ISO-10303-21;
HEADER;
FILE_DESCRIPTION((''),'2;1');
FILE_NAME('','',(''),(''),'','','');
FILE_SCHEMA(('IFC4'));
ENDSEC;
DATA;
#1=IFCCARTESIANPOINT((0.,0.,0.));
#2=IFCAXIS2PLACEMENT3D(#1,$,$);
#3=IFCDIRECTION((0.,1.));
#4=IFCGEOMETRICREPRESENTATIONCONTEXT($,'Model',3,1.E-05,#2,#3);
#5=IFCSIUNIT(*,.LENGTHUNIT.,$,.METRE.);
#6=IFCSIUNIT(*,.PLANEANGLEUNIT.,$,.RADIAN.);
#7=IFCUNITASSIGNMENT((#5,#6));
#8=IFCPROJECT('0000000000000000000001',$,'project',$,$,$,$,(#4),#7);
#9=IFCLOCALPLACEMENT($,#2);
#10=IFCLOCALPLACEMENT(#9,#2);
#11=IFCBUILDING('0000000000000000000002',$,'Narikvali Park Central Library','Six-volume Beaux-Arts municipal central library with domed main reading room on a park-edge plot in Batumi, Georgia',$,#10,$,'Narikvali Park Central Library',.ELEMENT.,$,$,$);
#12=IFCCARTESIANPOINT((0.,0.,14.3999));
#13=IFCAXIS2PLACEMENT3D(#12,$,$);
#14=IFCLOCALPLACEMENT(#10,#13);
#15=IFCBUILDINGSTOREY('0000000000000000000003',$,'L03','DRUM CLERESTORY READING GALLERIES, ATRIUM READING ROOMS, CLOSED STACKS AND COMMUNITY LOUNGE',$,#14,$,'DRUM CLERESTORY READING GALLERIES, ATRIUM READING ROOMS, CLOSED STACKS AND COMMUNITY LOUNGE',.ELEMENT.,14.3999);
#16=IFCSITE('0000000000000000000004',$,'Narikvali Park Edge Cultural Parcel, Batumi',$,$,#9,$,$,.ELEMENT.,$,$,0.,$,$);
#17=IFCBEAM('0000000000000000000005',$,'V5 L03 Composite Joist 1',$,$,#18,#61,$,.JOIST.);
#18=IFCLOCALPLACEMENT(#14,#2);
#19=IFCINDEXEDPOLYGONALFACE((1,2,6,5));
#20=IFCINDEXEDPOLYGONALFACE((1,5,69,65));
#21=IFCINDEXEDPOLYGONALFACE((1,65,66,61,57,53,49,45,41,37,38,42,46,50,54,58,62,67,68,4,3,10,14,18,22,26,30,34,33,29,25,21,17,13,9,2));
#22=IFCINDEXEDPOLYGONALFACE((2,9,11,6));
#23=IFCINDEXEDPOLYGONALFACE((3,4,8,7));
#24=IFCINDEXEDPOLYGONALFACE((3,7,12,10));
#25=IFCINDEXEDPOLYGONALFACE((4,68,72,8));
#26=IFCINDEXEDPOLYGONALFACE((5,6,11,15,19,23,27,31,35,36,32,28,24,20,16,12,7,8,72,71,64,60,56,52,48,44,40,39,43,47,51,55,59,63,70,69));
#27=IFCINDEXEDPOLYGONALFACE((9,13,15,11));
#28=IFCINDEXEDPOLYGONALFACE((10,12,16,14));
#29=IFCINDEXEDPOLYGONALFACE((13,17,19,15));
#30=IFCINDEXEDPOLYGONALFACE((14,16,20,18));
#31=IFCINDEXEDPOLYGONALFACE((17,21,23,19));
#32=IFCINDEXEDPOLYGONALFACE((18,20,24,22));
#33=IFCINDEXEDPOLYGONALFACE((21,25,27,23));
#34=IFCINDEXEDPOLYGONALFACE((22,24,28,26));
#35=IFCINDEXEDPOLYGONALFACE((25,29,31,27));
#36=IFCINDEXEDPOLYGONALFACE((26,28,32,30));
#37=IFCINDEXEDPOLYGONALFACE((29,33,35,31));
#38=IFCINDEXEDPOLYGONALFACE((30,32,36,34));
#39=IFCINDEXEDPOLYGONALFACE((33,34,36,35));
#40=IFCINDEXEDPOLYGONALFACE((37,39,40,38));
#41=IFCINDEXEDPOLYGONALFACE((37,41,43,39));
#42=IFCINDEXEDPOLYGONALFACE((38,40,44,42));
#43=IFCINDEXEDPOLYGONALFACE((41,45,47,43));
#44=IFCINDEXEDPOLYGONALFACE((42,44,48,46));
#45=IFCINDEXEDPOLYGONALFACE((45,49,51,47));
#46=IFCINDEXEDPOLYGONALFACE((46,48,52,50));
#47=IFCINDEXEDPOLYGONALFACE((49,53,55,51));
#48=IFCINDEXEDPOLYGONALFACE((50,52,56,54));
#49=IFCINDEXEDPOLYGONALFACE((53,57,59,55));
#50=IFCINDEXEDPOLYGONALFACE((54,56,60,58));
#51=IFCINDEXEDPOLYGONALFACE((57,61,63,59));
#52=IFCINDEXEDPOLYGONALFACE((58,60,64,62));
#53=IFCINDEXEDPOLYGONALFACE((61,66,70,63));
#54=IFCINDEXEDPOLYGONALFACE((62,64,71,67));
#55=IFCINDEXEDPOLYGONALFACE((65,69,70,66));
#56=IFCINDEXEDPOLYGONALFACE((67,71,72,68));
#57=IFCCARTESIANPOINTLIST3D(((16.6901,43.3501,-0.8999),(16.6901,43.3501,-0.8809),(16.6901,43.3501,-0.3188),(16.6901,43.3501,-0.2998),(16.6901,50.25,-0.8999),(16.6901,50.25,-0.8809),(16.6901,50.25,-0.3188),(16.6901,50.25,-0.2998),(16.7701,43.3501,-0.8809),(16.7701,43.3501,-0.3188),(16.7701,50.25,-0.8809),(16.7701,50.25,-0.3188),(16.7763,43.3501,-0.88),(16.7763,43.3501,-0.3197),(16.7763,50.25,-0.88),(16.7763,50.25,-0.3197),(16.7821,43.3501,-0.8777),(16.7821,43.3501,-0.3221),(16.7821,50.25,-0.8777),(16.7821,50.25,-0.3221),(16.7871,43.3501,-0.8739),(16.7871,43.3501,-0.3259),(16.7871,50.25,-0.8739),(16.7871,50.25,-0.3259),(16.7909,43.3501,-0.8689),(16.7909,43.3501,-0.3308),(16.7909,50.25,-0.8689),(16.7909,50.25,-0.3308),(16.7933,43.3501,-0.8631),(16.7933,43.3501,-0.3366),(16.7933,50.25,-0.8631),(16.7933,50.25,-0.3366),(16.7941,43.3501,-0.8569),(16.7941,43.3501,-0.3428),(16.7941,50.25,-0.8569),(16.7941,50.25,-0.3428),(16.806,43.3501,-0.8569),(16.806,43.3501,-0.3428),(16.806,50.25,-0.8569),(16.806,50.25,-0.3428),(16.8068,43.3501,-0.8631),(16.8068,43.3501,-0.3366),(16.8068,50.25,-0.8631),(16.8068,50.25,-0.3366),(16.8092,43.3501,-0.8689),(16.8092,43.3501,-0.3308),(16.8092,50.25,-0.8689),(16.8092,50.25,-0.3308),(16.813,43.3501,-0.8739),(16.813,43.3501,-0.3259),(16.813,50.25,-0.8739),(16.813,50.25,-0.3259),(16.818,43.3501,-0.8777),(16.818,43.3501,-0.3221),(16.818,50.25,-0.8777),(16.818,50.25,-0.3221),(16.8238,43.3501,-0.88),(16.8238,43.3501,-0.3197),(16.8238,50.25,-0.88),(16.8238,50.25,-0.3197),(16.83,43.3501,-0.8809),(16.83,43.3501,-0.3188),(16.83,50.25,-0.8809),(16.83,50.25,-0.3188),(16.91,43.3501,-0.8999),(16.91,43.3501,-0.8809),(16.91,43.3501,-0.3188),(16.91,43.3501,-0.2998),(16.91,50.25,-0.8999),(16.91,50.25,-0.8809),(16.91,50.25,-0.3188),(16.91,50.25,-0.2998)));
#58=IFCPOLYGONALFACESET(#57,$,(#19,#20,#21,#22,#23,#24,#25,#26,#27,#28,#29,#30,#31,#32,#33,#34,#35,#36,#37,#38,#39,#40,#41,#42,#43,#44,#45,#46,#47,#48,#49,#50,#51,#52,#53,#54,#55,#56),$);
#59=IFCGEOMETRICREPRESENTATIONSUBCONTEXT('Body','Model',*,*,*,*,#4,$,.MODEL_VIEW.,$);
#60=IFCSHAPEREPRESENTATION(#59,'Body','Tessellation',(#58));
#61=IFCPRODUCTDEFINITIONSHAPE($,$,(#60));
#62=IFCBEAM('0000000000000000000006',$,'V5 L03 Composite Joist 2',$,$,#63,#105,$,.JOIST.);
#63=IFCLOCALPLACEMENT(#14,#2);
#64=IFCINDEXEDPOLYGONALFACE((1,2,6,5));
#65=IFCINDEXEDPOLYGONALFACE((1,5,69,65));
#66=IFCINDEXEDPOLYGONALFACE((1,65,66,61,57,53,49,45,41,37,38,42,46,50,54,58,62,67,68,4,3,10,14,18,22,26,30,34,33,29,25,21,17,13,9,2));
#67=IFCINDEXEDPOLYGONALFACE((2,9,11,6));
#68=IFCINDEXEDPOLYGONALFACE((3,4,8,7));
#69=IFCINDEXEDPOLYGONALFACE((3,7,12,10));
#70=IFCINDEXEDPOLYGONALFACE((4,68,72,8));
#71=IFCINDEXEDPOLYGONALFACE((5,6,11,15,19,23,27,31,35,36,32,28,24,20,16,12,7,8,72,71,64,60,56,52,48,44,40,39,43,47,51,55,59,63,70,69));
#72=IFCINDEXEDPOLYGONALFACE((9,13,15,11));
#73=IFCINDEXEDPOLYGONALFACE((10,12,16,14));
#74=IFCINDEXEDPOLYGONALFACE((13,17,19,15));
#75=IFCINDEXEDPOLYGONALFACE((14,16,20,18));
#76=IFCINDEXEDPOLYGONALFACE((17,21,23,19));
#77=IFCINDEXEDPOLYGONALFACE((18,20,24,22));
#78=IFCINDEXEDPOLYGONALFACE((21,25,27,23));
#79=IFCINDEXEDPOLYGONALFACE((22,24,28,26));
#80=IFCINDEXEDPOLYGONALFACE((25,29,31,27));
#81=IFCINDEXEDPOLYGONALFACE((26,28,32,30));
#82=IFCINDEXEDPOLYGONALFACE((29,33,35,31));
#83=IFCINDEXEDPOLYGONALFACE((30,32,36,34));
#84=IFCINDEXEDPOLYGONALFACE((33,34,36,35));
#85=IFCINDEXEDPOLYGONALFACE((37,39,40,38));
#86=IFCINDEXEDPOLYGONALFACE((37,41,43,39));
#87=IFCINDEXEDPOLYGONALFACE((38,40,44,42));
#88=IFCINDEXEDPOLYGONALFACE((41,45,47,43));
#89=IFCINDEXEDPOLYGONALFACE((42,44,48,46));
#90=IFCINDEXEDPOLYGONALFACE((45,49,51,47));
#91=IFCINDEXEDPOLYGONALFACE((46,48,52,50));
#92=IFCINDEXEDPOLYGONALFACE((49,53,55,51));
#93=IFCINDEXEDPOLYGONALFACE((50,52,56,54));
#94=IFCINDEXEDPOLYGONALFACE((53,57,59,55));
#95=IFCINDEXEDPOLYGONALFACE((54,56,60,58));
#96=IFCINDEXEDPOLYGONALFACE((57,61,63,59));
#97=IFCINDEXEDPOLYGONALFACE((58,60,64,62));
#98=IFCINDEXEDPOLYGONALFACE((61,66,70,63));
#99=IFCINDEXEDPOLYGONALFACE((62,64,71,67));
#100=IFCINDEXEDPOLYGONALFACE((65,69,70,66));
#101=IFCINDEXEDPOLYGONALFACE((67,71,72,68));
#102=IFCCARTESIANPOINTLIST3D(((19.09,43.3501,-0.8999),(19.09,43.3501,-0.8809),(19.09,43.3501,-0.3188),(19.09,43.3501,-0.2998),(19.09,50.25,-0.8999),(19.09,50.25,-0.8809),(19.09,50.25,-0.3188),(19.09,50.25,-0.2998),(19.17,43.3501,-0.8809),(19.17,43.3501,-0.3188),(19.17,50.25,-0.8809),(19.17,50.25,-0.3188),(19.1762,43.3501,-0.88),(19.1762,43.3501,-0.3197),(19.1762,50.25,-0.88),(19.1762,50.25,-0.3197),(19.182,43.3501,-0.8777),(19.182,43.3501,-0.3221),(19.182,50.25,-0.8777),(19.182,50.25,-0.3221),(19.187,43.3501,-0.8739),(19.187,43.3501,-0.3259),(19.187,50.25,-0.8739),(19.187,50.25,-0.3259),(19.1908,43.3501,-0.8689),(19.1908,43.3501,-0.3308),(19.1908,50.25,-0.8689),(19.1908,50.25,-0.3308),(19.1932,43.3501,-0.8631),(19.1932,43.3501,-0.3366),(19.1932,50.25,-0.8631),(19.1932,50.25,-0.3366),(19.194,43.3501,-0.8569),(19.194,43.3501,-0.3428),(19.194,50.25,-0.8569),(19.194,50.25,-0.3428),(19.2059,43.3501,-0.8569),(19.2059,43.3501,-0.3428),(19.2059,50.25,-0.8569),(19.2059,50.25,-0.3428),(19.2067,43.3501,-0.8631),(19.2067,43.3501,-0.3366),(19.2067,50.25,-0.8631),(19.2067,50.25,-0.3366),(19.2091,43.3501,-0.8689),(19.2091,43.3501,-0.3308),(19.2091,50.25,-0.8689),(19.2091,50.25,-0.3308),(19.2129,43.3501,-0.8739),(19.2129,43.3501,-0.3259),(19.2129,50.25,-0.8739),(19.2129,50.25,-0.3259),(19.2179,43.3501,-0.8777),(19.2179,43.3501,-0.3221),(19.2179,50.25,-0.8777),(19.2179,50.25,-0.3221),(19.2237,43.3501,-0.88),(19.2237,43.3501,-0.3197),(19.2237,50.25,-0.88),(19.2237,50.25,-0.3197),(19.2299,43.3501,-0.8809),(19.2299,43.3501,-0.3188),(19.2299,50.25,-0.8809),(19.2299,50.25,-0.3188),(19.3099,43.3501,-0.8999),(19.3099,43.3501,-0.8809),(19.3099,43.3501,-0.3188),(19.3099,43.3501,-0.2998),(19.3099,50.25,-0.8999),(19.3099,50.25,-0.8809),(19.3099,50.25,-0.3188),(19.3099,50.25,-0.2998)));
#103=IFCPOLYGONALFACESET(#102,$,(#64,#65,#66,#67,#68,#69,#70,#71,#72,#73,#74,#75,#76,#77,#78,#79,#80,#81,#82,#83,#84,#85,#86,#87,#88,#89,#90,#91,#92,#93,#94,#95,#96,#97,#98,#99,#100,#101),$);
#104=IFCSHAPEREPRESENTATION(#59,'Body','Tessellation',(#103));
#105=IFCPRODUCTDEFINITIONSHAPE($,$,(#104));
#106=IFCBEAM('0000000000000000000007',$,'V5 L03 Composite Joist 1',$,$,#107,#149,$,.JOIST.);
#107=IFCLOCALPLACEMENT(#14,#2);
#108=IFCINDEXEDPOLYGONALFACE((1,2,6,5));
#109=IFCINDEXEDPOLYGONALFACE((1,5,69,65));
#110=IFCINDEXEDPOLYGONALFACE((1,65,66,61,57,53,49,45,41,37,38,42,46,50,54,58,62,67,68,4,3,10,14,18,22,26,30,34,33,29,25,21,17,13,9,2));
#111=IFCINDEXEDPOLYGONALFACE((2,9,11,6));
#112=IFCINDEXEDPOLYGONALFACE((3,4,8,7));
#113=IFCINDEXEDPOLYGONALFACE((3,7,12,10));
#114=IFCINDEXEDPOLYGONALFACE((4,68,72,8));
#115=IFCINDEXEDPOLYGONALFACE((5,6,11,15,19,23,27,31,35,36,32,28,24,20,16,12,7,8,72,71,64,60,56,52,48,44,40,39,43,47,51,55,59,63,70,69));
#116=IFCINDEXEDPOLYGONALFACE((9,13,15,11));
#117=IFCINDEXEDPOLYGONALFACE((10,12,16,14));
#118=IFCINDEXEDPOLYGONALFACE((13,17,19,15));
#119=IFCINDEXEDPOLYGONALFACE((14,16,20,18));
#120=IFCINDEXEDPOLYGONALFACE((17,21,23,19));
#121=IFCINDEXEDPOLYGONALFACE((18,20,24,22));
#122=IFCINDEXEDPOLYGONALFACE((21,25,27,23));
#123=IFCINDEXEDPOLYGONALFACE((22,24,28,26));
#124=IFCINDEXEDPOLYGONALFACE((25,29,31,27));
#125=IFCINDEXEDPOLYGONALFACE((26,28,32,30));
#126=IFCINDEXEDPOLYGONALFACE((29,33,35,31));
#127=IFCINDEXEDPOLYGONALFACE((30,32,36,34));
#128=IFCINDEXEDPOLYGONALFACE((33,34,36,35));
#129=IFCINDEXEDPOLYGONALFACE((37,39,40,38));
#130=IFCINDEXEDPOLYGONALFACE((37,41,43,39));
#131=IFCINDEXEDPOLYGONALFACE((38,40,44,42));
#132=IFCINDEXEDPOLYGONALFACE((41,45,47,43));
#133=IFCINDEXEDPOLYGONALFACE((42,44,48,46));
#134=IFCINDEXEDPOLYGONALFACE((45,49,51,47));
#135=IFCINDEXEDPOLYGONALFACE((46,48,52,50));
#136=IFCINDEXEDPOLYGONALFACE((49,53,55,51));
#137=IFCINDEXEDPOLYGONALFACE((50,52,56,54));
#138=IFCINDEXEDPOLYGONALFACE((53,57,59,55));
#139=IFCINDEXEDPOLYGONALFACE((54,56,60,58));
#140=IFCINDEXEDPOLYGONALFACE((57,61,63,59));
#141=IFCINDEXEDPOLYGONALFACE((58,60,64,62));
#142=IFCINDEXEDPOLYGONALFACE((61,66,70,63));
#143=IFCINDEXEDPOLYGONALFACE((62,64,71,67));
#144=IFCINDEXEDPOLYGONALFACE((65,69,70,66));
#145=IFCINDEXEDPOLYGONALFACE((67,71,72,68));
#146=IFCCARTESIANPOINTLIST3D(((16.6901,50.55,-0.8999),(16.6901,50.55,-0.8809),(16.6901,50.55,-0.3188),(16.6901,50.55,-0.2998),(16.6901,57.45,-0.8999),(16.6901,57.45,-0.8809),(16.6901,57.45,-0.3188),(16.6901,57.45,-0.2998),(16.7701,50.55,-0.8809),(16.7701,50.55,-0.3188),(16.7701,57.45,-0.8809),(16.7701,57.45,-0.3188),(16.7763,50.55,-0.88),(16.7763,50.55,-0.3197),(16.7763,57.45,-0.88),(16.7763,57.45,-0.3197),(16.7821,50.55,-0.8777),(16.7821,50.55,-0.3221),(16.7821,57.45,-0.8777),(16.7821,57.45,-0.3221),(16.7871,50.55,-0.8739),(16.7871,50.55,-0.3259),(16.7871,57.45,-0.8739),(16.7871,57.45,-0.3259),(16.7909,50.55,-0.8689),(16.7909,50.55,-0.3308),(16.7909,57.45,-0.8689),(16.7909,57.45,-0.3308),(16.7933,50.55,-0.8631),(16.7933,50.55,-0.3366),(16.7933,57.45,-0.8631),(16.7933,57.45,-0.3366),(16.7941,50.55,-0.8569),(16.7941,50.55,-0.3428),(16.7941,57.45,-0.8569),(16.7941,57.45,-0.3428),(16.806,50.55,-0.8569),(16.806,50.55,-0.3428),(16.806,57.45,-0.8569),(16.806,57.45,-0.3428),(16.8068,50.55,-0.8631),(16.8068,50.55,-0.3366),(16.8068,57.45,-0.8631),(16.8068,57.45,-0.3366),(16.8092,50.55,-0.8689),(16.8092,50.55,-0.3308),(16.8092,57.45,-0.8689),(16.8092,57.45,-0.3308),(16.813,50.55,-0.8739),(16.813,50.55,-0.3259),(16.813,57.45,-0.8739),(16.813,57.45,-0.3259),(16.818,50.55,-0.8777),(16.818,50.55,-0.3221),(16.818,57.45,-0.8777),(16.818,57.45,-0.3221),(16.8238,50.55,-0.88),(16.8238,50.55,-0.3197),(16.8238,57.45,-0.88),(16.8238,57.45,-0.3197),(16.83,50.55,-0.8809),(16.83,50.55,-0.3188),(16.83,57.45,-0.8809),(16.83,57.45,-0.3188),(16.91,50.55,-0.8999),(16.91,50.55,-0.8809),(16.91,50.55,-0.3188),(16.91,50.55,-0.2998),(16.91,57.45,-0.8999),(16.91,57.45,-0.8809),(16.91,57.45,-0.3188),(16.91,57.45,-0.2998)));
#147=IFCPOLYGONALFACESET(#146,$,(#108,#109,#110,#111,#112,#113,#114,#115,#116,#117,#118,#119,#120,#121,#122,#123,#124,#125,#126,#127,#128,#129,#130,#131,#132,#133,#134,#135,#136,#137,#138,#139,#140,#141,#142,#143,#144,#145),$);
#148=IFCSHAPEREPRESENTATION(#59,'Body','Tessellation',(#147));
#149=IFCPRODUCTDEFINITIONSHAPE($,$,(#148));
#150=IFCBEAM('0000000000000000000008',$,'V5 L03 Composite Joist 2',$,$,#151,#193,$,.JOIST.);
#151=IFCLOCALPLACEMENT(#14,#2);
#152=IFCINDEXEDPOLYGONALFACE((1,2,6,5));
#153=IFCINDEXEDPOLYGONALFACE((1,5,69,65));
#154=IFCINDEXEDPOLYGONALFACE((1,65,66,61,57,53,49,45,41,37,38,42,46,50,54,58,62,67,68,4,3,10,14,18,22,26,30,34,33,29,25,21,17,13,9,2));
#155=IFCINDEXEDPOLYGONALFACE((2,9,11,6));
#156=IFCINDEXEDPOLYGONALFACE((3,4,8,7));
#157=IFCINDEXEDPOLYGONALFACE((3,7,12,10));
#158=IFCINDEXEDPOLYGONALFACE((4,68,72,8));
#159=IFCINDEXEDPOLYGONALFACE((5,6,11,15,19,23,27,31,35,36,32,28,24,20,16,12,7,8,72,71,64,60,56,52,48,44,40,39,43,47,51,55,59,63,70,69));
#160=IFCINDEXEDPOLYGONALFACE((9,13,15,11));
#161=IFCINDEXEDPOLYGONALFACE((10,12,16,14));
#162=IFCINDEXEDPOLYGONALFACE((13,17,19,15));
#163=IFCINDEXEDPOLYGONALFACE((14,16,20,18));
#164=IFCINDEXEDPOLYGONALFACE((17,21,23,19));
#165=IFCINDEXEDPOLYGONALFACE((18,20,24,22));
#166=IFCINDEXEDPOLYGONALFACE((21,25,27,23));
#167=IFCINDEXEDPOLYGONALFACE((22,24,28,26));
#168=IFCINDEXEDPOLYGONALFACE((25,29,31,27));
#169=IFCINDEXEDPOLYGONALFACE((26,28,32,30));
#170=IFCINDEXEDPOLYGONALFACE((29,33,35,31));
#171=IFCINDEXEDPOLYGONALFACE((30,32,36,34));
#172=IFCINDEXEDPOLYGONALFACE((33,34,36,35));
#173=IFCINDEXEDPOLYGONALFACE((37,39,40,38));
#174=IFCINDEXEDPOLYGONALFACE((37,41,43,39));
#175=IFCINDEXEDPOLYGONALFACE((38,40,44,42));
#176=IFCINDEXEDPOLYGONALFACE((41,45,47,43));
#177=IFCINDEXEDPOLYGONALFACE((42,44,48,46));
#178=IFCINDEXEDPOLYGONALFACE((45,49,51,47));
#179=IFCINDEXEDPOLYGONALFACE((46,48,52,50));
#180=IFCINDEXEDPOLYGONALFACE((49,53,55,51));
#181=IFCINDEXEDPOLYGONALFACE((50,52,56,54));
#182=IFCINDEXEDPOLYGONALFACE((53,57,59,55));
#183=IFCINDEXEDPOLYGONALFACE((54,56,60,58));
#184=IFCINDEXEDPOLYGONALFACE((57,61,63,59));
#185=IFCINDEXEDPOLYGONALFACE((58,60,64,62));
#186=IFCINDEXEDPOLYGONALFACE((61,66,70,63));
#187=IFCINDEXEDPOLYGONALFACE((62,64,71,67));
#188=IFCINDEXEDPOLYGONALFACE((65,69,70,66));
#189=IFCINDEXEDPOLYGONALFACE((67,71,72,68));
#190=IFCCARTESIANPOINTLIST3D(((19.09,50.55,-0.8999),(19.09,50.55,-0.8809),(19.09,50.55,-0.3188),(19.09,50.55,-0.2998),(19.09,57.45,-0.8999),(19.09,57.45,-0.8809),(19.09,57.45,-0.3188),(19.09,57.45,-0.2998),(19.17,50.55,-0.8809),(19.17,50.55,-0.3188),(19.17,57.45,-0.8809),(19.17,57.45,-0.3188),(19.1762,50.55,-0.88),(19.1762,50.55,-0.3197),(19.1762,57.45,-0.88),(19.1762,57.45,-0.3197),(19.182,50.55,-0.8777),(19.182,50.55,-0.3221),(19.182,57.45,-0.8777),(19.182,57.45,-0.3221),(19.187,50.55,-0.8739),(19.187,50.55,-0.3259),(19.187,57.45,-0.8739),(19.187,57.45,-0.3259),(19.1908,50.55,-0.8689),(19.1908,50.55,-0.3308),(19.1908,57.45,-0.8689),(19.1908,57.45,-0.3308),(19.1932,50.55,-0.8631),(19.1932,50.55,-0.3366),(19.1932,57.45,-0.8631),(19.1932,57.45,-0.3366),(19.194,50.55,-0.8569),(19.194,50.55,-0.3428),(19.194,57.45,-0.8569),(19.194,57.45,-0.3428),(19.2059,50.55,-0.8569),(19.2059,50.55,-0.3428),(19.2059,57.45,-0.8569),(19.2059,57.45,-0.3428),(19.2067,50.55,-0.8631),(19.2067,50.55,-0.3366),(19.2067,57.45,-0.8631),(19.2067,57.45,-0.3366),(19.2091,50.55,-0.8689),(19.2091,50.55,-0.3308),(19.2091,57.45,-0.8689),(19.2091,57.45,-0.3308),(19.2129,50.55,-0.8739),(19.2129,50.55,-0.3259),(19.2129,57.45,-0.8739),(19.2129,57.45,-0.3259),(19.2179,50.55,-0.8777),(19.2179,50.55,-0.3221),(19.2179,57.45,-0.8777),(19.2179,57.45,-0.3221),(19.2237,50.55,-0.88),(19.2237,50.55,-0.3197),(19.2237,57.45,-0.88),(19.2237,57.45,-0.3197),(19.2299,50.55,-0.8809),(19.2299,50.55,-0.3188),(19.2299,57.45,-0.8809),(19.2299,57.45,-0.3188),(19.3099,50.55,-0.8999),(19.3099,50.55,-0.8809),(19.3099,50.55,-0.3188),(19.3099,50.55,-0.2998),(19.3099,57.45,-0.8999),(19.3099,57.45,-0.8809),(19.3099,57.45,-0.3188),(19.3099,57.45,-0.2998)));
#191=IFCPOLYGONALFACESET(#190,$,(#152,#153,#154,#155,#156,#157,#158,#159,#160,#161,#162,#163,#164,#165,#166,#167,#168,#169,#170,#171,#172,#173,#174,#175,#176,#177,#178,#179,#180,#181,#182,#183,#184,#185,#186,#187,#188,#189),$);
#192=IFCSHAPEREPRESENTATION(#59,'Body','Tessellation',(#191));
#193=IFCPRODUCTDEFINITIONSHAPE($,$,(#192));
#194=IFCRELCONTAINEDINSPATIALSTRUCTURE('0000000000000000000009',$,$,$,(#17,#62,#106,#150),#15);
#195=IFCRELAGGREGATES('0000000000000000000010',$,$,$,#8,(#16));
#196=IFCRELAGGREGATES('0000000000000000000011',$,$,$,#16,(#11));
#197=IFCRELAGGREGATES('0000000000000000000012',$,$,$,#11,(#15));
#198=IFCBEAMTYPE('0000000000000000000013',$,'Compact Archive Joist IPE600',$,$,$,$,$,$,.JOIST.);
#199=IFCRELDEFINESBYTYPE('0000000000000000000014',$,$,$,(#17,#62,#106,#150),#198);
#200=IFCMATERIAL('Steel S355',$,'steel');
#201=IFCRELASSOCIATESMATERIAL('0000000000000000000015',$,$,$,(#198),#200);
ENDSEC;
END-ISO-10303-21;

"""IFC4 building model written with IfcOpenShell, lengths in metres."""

from ifc_helpers import new_model, si_unit, direction, frame, origin, origin_2d, place, context, subcontext, project, spatial, i_section, extrude, material, material_profile, profile_set, type_object, element, save


model = new_model("IFC4")

# Units and contexts
model_context = context("Model", 3, precision=1e-05, world=origin(), true_north=direction((0.0, 1.0)))
body_context = subcontext(model_context, "Body", "Model", "MODEL_VIEW")
ifc_project = project(units=[si_unit("LENGTHUNIT", "METRE"), si_unit("PLANEANGLEUNIT", "RADIAN")], contexts=[model_context])

# Site, building, storey
site_placement = place(None, origin())
site = spatial("IfcSite", under=ifc_project, at=site_placement, Name="Narikvali Park Edge Cultural Parcel, Batumi", CompositionType="ELEMENT", RefElevation=0.0)
building_placement = place(site_placement, origin())
building = spatial("IfcBuilding", under=site, at=building_placement, Name="Narikvali Park Central Library", Description="Six-volume Beaux-Arts municipal central library with domed main reading room on a park-edge plot in Batumi, Georgia", LongName="Narikvali Park Central Library", CompositionType="ELEMENT")
storey_placement = place(building_placement, frame((0.0, 0.0, 14.3999)))
storey = spatial("IfcBuildingStorey", under=building, at=storey_placement, Name="L03", Description="DRUM CLERESTORY READING GALLERIES, ATRIUM READING ROOMS, CLOSED STACKS AND COMMUNITY LOUNGE", LongName="DRUM CLERESTORY READING GALLERIES, ATRIUM READING ROOMS, CLOSED STACKS AND COMMUNITY LOUNGE", CompositionType="ELEMENT", Elevation=14.3999)

# Shared definitions
ifc_material_1 = material(Name="Steel S355", Category="steel")

# Beams
ifc_material_profile_1 = material_profile(ifc_material_1, i_section(OverallWidth=0.22, OverallDepth=0.6001, WebThickness=0.012, FlangeThickness=0.019, FilletRadius=0.0239, at=origin_2d()), Name="IPE 600")
ifc_profile_set_1 = profile_set([ifc_material_profile_1], Name="Steel S355")
beam_type_1 = type_object("IfcBeamType", Name="Compact Archive Joist IPE600", PredefinedType="JOIST", material=ifc_profile_set_1)
for number, where, z_axis, x_axis, name in (
    (1, (16.8, 43.3501, -0.5999), (0.0, 1.0, 0.0), (-1.0, 0.0, 0.0), "V5 L03 Composite Joist 1"),
    (2, (19.2, 43.3501, -0.5999), (0.0, 1.0, 0.0), (-1.0, 0.0, 0.0), "V5 L03 Composite Joist 2"),
    (3, (16.8, 50.55, -0.5999), (0.0, 1.0, 0.0), (-1.0, 0.0, 0.0), "V5 L03 Composite Joist 1"),
    (4, (19.2, 50.55, -0.5999), (0.0, 1.0, 0.0), (-1.0, 0.0, 0.0), "V5 L03 Composite Joist 2"),
):
    element("IfcBeam", number, at=place(storey_placement, frame(where, z_axis=z_axis, x_axis=x_axis)), inside=storey, type_object=beam_type_1, Name=name, PredefinedType="JOIST", context=body_context, shape_type="SweptSolid", body=[
        extrude(i_section(OverallWidth=0.22, OverallDepth=0.6001, WebThickness=0.012, FlangeThickness=0.019, FilletRadius=0.0239, at=origin_2d()), origin(), (0.0, 0.0, 1.0), 6.8999),
    ])

save(model, "model.ifc")
